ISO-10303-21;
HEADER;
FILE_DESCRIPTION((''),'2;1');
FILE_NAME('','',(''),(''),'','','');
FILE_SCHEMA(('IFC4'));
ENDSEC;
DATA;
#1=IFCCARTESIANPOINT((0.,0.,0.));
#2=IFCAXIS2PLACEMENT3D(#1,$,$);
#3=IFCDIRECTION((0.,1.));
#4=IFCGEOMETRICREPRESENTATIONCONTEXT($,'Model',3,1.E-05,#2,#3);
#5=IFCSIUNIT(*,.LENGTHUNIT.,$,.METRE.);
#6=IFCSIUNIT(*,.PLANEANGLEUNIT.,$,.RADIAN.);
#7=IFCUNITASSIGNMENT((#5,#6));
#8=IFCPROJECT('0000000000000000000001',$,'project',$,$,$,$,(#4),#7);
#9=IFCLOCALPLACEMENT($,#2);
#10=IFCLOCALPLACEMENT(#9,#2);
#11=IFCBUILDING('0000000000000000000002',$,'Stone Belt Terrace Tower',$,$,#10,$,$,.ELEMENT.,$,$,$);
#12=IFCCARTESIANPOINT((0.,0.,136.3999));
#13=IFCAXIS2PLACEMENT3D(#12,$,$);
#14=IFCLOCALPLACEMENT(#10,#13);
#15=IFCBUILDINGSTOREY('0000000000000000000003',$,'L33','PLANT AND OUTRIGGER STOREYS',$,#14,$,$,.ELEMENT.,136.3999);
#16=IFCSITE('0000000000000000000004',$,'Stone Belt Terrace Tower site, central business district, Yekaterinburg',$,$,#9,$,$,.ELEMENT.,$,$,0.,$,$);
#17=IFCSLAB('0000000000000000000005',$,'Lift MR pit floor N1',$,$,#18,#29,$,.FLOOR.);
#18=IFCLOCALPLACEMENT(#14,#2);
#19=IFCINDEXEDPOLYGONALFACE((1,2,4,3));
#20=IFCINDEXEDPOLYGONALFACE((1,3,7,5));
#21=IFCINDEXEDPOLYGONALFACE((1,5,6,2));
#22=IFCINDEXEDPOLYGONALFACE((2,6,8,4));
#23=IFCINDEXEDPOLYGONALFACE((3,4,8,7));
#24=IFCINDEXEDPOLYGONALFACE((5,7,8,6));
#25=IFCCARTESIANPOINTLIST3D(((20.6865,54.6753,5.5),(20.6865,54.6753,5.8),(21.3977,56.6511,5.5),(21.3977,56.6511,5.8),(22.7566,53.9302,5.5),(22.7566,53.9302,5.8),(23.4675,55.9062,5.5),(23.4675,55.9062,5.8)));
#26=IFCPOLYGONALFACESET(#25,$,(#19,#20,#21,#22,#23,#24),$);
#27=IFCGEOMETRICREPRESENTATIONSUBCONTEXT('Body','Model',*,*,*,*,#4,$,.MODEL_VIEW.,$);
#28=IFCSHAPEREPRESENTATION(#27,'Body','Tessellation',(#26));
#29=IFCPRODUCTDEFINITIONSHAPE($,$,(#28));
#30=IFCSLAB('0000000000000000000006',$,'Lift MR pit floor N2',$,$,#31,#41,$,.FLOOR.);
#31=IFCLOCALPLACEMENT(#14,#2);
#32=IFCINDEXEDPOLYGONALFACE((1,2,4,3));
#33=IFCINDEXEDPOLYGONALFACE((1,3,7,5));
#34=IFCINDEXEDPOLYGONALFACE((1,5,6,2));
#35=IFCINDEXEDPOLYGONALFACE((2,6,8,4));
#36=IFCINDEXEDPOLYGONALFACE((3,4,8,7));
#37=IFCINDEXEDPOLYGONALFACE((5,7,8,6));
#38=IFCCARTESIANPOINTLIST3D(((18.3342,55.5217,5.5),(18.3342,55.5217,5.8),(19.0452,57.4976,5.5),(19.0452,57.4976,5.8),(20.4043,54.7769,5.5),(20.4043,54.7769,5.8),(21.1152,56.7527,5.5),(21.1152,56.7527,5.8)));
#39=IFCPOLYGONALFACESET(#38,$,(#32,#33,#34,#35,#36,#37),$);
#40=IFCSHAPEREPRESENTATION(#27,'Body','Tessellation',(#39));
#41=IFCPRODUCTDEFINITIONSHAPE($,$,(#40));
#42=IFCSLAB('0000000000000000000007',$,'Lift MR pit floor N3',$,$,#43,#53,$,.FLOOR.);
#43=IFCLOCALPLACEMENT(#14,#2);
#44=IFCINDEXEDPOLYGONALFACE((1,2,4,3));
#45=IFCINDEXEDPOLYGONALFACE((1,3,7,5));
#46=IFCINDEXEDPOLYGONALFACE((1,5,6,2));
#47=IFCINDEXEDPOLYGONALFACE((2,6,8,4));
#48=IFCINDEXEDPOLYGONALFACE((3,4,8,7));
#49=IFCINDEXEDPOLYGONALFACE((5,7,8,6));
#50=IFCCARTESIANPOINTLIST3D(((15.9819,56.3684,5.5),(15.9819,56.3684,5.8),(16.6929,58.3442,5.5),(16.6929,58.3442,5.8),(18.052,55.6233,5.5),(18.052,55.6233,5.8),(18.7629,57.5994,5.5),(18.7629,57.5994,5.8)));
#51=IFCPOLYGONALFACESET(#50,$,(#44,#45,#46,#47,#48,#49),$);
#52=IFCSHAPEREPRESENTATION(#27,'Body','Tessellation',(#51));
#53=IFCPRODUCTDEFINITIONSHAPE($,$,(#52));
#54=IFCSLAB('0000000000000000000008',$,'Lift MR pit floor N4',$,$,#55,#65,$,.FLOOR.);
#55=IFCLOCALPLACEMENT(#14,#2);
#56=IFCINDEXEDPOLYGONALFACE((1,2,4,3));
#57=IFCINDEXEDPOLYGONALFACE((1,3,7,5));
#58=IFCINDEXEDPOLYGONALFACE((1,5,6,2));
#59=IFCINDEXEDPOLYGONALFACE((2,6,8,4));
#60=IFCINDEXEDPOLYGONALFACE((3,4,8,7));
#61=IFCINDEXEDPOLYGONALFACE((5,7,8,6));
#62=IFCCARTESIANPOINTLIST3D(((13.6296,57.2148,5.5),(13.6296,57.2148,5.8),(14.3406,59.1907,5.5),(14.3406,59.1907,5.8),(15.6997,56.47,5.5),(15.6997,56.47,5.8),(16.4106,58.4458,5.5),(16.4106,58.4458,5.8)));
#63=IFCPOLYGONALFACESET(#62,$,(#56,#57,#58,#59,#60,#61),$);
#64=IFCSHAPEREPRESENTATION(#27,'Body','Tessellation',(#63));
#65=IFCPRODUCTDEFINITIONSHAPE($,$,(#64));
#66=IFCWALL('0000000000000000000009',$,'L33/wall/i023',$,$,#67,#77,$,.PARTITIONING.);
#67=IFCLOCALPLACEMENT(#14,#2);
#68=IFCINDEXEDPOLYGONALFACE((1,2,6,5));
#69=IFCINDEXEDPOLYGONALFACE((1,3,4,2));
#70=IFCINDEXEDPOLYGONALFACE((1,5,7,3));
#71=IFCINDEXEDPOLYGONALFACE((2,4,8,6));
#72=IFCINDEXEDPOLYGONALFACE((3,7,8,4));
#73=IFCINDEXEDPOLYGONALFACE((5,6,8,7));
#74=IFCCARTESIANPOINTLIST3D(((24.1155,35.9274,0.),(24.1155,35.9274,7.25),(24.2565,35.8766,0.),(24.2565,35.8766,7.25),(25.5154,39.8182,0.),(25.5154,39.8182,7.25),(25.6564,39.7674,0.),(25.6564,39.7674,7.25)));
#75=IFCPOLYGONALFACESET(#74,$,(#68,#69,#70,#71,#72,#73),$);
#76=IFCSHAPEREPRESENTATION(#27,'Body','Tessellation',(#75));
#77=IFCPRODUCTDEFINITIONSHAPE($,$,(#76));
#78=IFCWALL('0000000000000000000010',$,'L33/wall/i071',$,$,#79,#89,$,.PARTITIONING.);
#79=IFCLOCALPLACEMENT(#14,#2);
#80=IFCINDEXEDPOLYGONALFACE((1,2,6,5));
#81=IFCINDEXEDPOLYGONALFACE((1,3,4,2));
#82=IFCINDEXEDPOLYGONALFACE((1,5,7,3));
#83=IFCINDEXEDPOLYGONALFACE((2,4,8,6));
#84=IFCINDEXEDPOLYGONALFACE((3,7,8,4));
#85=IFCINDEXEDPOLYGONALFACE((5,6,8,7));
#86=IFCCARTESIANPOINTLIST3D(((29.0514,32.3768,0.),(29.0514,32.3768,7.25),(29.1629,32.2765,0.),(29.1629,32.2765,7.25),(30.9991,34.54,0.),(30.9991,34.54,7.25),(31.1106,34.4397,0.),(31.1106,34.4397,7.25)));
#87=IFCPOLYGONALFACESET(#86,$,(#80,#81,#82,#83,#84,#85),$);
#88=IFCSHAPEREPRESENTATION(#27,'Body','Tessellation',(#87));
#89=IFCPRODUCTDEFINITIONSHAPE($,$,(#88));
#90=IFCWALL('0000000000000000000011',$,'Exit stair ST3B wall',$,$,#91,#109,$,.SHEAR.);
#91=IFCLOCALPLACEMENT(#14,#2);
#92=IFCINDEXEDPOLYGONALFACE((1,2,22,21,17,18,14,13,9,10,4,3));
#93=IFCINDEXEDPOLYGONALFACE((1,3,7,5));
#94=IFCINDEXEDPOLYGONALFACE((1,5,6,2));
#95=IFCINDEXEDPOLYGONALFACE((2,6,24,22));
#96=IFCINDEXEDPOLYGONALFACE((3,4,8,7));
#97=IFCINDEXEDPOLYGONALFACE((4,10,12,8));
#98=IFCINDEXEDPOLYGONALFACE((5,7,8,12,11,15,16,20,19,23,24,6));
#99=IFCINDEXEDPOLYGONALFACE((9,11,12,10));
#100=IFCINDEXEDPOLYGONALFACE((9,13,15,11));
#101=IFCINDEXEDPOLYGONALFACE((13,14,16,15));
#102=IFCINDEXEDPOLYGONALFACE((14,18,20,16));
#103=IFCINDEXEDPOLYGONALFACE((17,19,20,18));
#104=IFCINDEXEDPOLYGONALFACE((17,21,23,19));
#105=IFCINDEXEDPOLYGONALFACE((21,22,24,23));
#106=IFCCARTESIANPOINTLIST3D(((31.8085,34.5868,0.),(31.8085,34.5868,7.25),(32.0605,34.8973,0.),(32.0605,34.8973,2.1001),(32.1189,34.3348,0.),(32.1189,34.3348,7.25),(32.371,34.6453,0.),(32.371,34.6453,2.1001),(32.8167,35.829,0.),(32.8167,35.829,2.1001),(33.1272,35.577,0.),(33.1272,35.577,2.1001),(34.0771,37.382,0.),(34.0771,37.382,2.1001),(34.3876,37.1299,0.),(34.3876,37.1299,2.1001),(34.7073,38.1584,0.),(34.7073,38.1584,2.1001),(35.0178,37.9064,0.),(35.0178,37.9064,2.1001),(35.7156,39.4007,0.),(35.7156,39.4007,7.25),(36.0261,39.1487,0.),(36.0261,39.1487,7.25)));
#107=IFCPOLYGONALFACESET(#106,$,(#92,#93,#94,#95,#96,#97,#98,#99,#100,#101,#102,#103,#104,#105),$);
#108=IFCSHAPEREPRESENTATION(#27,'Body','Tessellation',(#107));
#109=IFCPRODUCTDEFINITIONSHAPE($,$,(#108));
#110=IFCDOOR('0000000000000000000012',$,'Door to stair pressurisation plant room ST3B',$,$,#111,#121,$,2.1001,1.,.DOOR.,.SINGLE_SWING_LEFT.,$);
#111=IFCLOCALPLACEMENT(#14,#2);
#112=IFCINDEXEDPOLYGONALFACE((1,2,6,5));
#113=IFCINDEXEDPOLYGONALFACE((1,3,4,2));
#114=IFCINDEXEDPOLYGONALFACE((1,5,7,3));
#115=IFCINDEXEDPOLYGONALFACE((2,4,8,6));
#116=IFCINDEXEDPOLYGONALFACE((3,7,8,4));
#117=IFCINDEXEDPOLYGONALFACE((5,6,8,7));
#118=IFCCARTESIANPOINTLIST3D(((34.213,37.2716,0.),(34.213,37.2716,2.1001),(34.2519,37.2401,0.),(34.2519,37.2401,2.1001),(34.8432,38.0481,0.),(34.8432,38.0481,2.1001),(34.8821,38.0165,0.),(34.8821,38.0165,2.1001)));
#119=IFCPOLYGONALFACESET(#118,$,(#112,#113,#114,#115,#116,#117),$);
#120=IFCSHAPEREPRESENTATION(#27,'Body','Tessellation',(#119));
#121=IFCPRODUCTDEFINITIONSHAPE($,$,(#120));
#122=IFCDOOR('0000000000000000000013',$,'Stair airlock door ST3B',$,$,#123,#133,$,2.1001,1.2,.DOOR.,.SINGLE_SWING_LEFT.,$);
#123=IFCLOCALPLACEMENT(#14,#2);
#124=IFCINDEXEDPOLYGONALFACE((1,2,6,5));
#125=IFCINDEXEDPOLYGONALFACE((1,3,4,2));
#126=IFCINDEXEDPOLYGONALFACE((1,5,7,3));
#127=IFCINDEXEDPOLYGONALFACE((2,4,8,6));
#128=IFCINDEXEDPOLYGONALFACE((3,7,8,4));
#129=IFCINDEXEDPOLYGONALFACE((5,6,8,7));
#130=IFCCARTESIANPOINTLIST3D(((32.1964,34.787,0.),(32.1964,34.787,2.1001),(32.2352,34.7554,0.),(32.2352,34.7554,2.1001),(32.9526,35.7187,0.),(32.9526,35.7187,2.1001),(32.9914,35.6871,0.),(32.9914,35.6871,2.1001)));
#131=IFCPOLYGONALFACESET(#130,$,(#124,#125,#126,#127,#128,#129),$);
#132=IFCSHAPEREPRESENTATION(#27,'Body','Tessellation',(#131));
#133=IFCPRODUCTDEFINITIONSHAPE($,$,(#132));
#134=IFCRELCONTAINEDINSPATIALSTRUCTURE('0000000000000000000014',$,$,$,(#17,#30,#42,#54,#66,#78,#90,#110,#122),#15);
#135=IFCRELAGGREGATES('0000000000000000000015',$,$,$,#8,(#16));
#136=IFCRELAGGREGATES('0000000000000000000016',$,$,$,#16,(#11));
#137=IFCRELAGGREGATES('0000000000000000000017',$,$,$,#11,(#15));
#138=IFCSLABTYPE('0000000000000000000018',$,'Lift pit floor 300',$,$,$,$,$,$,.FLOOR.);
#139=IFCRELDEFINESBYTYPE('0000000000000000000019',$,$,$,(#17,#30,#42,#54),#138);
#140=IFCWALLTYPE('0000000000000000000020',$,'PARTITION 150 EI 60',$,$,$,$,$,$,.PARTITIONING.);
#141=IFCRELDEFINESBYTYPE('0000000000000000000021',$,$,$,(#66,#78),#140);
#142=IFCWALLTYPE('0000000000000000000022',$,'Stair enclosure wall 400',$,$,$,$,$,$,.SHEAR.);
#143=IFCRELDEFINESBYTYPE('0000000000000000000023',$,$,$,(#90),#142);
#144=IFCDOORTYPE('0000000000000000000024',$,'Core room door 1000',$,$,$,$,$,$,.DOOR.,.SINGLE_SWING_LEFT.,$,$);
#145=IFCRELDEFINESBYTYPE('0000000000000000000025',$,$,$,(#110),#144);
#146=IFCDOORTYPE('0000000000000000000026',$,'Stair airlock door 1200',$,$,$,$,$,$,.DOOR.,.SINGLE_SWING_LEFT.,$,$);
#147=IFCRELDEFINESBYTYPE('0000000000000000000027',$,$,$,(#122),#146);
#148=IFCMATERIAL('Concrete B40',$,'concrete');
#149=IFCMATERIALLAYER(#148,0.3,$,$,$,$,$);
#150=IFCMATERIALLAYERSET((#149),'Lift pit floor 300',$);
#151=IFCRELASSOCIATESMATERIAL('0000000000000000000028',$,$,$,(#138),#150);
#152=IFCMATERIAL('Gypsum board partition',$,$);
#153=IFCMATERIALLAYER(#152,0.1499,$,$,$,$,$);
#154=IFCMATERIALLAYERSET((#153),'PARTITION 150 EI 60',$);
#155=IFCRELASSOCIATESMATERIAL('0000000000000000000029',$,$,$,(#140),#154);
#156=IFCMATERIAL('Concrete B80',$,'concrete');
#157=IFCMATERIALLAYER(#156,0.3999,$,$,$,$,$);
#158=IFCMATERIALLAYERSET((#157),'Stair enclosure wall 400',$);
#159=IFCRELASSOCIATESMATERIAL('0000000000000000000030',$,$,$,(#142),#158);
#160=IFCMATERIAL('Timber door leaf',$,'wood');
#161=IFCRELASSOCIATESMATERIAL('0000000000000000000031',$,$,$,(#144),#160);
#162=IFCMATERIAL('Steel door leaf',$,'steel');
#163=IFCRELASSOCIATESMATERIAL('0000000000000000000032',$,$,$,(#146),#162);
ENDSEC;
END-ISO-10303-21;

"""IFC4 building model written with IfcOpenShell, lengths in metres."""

from ifc_helpers import new_model, si_unit, direction, frame, frame_2d, origin, place, context, subcontext, project, spatial, polyline, rectangle, outline, extrude, material, layer, layer_set, type_object, element, fill, save


model = new_model("IFC4")

# Units and contexts
model_context = context("Model", 3, precision=1e-05, world=origin(), true_north=direction((0.0, 1.0)))
body_context = subcontext(model_context, "Body", "Model", "MODEL_VIEW")
ifc_project = project(units=[si_unit("LENGTHUNIT", "METRE"), si_unit("PLANEANGLEUNIT", "RADIAN")], contexts=[model_context])

# Site, building, storey
site_placement = place(None, origin())
site = spatial("IfcSite", under=ifc_project, at=site_placement, Name="Stone Belt Terrace Tower site, central business district, Yekaterinburg", CompositionType="ELEMENT", RefElevation=0.0)
building_placement = place(site_placement, origin())
building = spatial("IfcBuilding", under=site, at=building_placement, Name="Stone Belt Terrace Tower", CompositionType="ELEMENT")
storey_placement = place(building_placement, frame((0.0, 0.0, 136.3999)))
storey = spatial("IfcBuildingStorey", under=building, at=storey_placement, Name="L33", Description="PLANT AND OUTRIGGER STOREYS", CompositionType="ELEMENT", Elevation=136.3999)

# Slabs
ifc_material_1 = material(Name="Concrete B40", Category="concrete")
ifc_layer_1 = layer(ifc_material_1, 0.3)
ifc_layer_set_1 = layer_set([ifc_layer_1], Name="Lift pit floor 300")
slab_type_1 = type_object("IfcSlabType", Name="Lift pit floor 300", PredefinedType="FLOOR", material=ifc_layer_set_1)
slab_1_placement = place(storey_placement, frame((0.0, 0.0, 5.5)))
element("IfcSlab", 1, at=slab_1_placement, inside=storey, type_object=slab_type_1, Name="Lift MR pit floor N1", PredefinedType="FLOOR", context=body_context, shape_type="SweptSolid", body=[
    extrude(outline(polyline([(22.7566, 53.9302), (20.6865, 54.6753), (21.3977, 56.6511), (23.4675, 55.9062), (22.7566, 53.9302)])), origin(), (0.0, 0.0, 1.0), 0.3),
])
slab_2_placement = place(storey_placement, frame((0.0, 0.0, 5.5)))
element("IfcSlab", 2, at=slab_2_placement, inside=storey, type_object=slab_type_1, Name="Lift MR pit floor N2", PredefinedType="FLOOR", context=body_context, shape_type="SweptSolid", body=[
    extrude(outline(polyline([(20.4043, 54.7769), (18.3342, 55.5217), (19.0452, 57.4976), (21.1152, 56.7527), (20.4043, 54.7769)])), origin(), (0.0, 0.0, 1.0), 0.3),
])
slab_3_placement = place(storey_placement, frame((0.0, 0.0, 5.5)))
element("IfcSlab", 3, at=slab_3_placement, inside=storey, type_object=slab_type_1, Name="Lift MR pit floor N3", PredefinedType="FLOOR", context=body_context, shape_type="SweptSolid", body=[
    extrude(outline(polyline([(18.052, 55.6233), (15.9819, 56.3684), (16.6929, 58.3442), (18.7629, 57.5994), (18.052, 55.6233)])), origin(), (0.0, 0.0, 1.0), 0.3),
])
slab_4_placement = place(storey_placement, frame((0.0, 0.0, 5.5)))
element("IfcSlab", 4, at=slab_4_placement, inside=storey, type_object=slab_type_1, Name="Lift MR pit floor N4", PredefinedType="FLOOR", context=body_context, shape_type="SweptSolid", body=[
    extrude(outline(polyline([(15.6997, 56.47), (13.6296, 57.2148), (14.3406, 59.1907), (16.4106, 58.4458), (15.6997, 56.47)])), origin(), (0.0, 0.0, 1.0), 0.3),
])

# Walls
ifc_material_2 = material(Name="Gypsum board partition")
ifc_layer_2 = layer(ifc_material_2, 0.1499)
ifc_layer_set_2 = layer_set([ifc_layer_2], Name="PARTITION 150 EI 60")
wall_type_1 = type_object("IfcWallType", Name="PARTITION 150 EI 60", PredefinedType="PARTITIONING", material=ifc_layer_set_2)
wall_1_placement = place(storey_placement, frame((24.186, 35.9021, 0.0), z_axis=(0.0, 0.0, 1.0), x_axis=(0.338546, 0.94095, 0.0)))
element("IfcWall", 5, at=wall_1_placement, inside=storey, type_object=wall_type_1, Name="L33/wall/i023", PredefinedType="PARTITIONING", context=body_context, shape_type="SweptSolid", body=[
    extrude(rectangle(XDim=4.135, YDim=0.1499, at=frame_2d((2.0674, 0.0))), origin(), (0.0, 0.0, 1.0), 7.25),
])
wall_2_placement = place(storey_placement, frame((31.0549, 34.49, 0.0), z_axis=(0.0, 0.0, 1.0), x_axis=(-0.669108, -0.743165, 0.0)))
element("IfcWall", 6, at=wall_2_placement, inside=storey, type_object=wall_type_1, Name="L33/wall/i071", PredefinedType="PARTITIONING", context=body_context, shape_type="SweptSolid", body=[
    extrude(rectangle(XDim=2.9109, YDim=0.1499, at=frame_2d((1.4556, 0.0))), origin(), (0.0, 0.0, 1.0), 7.25),
])

# Wall, openings, doors
ifc_material_3 = material(Name="Concrete B80", Category="concrete")
ifc_layer_3 = layer(ifc_material_3, 0.3999)
ifc_layer_set_3 = layer_set([ifc_layer_3], Name="Stair enclosure wall 400")
wall_type_2 = type_object("IfcWallType", Name="Stair enclosure wall 400", PredefinedType="SHEAR", material=ifc_layer_set_3)
wall_3_placement = place(storey_placement, frame((31.9636, 34.4607, 0.0), z_axis=(0.0, 0.0, 1.0), x_axis=(0.630192, 0.776439, 0.0)))
wall_3 = element("IfcWall", 7, at=wall_3_placement, inside=storey, type_object=wall_type_2, Name="Exit stair ST3B wall", PredefinedType="SHEAR", context=body_context, shape_type="SweptSolid", body=[
    extrude(rectangle(XDim=6.2, YDim=0.3999, at=frame_2d((3.1001, 0.0))), origin(), (0.0, 0.0, 1.0), 7.25),
])
opening_1_placement = place(wall_3_placement, frame((0.3999, 0.0, 0.0)))
opening_1 = element("IfcOpeningElement", 8, at=opening_1_placement, cuts=wall_3, PredefinedType="OPENING", context=body_context, shape_type="SweptSolid", body=[
    extrude(rectangle(XDim=1.2, YDim=2.1001, at=frame_2d((0.6001, 1.05))), frame((0.0, 0.21, 0.0), z_axis=(0.0, -1.0, 0.0), x_axis=(1.0, 0.0, 0.0)), (0.0, 0.0, 1.0), 0.4199),
])
opening_2_placement = place(wall_3_placement, frame((3.6001, 0.0, 0.0)))
opening_2 = element("IfcOpeningElement", 9, at=opening_2_placement, cuts=wall_3, PredefinedType="OPENING", context=body_context, shape_type="SweptSolid", body=[
    extrude(rectangle(XDim=1.0, YDim=2.1001, at=frame_2d((0.5, 1.05))), frame((0.0, 0.21, 0.0), z_axis=(0.0, -1.0, 0.0), x_axis=(1.0, 0.0, 0.0)), (0.0, 0.0, 1.0), 0.4199),
])
ifc_material_4 = material(Name="Timber door leaf", Category="wood")
door_type_1 = type_object("IfcDoorType", Name="Core room door 1000", OperationType="SINGLE_SWING_LEFT", PredefinedType="DOOR", material=ifc_material_4)
door_1_placement = place(opening_2_placement, origin())
door_1 = element("IfcDoor", 10, at=door_1_placement, inside=storey, type_object=door_type_1, Name="Door to stair pressurisation plant room ST3B", OperationType="SINGLE_SWING_LEFT", OverallHeight=2.1001, OverallWidth=1.0, PredefinedType="DOOR", context=body_context, shape_type="SweptSolid", body=[
    extrude(rectangle(XDim=1.0, YDim=2.1001, at=frame_2d((0.5, 1.05))), frame((0.0, 0.0249, 0.0), z_axis=(0.0, -1.0, 0.0), x_axis=(1.0, 0.0, 0.0)), (0.0, 0.0, 1.0), 0.05),
])
fill(opening_2, door_1)
ifc_material_5 = material(Name="Steel door leaf", Category="steel")
door_type_2 = type_object("IfcDoorType", Name="Stair airlock door 1200", OperationType="SINGLE_SWING_LEFT", PredefinedType="DOOR", material=ifc_material_5)
door_2_placement = place(opening_1_placement, origin())
door_2 = element("IfcDoor", 11, at=door_2_placement, inside=storey, type_object=door_type_2, Name="Stair airlock door ST3B", OperationType="SINGLE_SWING_LEFT", OverallHeight=2.1001, OverallWidth=1.2, PredefinedType="DOOR", context=body_context, shape_type="SweptSolid", body=[
    extrude(rectangle(XDim=1.2, YDim=2.1001, at=frame_2d((0.6001, 1.05))), frame((0.0, 0.0249, 0.0), z_axis=(0.0, -1.0, 0.0), x_axis=(1.0, 0.0, 0.0)), (0.0, 0.0, 1.0), 0.05),
])
fill(opening_1, door_2)

save(model, "model.ifc")
